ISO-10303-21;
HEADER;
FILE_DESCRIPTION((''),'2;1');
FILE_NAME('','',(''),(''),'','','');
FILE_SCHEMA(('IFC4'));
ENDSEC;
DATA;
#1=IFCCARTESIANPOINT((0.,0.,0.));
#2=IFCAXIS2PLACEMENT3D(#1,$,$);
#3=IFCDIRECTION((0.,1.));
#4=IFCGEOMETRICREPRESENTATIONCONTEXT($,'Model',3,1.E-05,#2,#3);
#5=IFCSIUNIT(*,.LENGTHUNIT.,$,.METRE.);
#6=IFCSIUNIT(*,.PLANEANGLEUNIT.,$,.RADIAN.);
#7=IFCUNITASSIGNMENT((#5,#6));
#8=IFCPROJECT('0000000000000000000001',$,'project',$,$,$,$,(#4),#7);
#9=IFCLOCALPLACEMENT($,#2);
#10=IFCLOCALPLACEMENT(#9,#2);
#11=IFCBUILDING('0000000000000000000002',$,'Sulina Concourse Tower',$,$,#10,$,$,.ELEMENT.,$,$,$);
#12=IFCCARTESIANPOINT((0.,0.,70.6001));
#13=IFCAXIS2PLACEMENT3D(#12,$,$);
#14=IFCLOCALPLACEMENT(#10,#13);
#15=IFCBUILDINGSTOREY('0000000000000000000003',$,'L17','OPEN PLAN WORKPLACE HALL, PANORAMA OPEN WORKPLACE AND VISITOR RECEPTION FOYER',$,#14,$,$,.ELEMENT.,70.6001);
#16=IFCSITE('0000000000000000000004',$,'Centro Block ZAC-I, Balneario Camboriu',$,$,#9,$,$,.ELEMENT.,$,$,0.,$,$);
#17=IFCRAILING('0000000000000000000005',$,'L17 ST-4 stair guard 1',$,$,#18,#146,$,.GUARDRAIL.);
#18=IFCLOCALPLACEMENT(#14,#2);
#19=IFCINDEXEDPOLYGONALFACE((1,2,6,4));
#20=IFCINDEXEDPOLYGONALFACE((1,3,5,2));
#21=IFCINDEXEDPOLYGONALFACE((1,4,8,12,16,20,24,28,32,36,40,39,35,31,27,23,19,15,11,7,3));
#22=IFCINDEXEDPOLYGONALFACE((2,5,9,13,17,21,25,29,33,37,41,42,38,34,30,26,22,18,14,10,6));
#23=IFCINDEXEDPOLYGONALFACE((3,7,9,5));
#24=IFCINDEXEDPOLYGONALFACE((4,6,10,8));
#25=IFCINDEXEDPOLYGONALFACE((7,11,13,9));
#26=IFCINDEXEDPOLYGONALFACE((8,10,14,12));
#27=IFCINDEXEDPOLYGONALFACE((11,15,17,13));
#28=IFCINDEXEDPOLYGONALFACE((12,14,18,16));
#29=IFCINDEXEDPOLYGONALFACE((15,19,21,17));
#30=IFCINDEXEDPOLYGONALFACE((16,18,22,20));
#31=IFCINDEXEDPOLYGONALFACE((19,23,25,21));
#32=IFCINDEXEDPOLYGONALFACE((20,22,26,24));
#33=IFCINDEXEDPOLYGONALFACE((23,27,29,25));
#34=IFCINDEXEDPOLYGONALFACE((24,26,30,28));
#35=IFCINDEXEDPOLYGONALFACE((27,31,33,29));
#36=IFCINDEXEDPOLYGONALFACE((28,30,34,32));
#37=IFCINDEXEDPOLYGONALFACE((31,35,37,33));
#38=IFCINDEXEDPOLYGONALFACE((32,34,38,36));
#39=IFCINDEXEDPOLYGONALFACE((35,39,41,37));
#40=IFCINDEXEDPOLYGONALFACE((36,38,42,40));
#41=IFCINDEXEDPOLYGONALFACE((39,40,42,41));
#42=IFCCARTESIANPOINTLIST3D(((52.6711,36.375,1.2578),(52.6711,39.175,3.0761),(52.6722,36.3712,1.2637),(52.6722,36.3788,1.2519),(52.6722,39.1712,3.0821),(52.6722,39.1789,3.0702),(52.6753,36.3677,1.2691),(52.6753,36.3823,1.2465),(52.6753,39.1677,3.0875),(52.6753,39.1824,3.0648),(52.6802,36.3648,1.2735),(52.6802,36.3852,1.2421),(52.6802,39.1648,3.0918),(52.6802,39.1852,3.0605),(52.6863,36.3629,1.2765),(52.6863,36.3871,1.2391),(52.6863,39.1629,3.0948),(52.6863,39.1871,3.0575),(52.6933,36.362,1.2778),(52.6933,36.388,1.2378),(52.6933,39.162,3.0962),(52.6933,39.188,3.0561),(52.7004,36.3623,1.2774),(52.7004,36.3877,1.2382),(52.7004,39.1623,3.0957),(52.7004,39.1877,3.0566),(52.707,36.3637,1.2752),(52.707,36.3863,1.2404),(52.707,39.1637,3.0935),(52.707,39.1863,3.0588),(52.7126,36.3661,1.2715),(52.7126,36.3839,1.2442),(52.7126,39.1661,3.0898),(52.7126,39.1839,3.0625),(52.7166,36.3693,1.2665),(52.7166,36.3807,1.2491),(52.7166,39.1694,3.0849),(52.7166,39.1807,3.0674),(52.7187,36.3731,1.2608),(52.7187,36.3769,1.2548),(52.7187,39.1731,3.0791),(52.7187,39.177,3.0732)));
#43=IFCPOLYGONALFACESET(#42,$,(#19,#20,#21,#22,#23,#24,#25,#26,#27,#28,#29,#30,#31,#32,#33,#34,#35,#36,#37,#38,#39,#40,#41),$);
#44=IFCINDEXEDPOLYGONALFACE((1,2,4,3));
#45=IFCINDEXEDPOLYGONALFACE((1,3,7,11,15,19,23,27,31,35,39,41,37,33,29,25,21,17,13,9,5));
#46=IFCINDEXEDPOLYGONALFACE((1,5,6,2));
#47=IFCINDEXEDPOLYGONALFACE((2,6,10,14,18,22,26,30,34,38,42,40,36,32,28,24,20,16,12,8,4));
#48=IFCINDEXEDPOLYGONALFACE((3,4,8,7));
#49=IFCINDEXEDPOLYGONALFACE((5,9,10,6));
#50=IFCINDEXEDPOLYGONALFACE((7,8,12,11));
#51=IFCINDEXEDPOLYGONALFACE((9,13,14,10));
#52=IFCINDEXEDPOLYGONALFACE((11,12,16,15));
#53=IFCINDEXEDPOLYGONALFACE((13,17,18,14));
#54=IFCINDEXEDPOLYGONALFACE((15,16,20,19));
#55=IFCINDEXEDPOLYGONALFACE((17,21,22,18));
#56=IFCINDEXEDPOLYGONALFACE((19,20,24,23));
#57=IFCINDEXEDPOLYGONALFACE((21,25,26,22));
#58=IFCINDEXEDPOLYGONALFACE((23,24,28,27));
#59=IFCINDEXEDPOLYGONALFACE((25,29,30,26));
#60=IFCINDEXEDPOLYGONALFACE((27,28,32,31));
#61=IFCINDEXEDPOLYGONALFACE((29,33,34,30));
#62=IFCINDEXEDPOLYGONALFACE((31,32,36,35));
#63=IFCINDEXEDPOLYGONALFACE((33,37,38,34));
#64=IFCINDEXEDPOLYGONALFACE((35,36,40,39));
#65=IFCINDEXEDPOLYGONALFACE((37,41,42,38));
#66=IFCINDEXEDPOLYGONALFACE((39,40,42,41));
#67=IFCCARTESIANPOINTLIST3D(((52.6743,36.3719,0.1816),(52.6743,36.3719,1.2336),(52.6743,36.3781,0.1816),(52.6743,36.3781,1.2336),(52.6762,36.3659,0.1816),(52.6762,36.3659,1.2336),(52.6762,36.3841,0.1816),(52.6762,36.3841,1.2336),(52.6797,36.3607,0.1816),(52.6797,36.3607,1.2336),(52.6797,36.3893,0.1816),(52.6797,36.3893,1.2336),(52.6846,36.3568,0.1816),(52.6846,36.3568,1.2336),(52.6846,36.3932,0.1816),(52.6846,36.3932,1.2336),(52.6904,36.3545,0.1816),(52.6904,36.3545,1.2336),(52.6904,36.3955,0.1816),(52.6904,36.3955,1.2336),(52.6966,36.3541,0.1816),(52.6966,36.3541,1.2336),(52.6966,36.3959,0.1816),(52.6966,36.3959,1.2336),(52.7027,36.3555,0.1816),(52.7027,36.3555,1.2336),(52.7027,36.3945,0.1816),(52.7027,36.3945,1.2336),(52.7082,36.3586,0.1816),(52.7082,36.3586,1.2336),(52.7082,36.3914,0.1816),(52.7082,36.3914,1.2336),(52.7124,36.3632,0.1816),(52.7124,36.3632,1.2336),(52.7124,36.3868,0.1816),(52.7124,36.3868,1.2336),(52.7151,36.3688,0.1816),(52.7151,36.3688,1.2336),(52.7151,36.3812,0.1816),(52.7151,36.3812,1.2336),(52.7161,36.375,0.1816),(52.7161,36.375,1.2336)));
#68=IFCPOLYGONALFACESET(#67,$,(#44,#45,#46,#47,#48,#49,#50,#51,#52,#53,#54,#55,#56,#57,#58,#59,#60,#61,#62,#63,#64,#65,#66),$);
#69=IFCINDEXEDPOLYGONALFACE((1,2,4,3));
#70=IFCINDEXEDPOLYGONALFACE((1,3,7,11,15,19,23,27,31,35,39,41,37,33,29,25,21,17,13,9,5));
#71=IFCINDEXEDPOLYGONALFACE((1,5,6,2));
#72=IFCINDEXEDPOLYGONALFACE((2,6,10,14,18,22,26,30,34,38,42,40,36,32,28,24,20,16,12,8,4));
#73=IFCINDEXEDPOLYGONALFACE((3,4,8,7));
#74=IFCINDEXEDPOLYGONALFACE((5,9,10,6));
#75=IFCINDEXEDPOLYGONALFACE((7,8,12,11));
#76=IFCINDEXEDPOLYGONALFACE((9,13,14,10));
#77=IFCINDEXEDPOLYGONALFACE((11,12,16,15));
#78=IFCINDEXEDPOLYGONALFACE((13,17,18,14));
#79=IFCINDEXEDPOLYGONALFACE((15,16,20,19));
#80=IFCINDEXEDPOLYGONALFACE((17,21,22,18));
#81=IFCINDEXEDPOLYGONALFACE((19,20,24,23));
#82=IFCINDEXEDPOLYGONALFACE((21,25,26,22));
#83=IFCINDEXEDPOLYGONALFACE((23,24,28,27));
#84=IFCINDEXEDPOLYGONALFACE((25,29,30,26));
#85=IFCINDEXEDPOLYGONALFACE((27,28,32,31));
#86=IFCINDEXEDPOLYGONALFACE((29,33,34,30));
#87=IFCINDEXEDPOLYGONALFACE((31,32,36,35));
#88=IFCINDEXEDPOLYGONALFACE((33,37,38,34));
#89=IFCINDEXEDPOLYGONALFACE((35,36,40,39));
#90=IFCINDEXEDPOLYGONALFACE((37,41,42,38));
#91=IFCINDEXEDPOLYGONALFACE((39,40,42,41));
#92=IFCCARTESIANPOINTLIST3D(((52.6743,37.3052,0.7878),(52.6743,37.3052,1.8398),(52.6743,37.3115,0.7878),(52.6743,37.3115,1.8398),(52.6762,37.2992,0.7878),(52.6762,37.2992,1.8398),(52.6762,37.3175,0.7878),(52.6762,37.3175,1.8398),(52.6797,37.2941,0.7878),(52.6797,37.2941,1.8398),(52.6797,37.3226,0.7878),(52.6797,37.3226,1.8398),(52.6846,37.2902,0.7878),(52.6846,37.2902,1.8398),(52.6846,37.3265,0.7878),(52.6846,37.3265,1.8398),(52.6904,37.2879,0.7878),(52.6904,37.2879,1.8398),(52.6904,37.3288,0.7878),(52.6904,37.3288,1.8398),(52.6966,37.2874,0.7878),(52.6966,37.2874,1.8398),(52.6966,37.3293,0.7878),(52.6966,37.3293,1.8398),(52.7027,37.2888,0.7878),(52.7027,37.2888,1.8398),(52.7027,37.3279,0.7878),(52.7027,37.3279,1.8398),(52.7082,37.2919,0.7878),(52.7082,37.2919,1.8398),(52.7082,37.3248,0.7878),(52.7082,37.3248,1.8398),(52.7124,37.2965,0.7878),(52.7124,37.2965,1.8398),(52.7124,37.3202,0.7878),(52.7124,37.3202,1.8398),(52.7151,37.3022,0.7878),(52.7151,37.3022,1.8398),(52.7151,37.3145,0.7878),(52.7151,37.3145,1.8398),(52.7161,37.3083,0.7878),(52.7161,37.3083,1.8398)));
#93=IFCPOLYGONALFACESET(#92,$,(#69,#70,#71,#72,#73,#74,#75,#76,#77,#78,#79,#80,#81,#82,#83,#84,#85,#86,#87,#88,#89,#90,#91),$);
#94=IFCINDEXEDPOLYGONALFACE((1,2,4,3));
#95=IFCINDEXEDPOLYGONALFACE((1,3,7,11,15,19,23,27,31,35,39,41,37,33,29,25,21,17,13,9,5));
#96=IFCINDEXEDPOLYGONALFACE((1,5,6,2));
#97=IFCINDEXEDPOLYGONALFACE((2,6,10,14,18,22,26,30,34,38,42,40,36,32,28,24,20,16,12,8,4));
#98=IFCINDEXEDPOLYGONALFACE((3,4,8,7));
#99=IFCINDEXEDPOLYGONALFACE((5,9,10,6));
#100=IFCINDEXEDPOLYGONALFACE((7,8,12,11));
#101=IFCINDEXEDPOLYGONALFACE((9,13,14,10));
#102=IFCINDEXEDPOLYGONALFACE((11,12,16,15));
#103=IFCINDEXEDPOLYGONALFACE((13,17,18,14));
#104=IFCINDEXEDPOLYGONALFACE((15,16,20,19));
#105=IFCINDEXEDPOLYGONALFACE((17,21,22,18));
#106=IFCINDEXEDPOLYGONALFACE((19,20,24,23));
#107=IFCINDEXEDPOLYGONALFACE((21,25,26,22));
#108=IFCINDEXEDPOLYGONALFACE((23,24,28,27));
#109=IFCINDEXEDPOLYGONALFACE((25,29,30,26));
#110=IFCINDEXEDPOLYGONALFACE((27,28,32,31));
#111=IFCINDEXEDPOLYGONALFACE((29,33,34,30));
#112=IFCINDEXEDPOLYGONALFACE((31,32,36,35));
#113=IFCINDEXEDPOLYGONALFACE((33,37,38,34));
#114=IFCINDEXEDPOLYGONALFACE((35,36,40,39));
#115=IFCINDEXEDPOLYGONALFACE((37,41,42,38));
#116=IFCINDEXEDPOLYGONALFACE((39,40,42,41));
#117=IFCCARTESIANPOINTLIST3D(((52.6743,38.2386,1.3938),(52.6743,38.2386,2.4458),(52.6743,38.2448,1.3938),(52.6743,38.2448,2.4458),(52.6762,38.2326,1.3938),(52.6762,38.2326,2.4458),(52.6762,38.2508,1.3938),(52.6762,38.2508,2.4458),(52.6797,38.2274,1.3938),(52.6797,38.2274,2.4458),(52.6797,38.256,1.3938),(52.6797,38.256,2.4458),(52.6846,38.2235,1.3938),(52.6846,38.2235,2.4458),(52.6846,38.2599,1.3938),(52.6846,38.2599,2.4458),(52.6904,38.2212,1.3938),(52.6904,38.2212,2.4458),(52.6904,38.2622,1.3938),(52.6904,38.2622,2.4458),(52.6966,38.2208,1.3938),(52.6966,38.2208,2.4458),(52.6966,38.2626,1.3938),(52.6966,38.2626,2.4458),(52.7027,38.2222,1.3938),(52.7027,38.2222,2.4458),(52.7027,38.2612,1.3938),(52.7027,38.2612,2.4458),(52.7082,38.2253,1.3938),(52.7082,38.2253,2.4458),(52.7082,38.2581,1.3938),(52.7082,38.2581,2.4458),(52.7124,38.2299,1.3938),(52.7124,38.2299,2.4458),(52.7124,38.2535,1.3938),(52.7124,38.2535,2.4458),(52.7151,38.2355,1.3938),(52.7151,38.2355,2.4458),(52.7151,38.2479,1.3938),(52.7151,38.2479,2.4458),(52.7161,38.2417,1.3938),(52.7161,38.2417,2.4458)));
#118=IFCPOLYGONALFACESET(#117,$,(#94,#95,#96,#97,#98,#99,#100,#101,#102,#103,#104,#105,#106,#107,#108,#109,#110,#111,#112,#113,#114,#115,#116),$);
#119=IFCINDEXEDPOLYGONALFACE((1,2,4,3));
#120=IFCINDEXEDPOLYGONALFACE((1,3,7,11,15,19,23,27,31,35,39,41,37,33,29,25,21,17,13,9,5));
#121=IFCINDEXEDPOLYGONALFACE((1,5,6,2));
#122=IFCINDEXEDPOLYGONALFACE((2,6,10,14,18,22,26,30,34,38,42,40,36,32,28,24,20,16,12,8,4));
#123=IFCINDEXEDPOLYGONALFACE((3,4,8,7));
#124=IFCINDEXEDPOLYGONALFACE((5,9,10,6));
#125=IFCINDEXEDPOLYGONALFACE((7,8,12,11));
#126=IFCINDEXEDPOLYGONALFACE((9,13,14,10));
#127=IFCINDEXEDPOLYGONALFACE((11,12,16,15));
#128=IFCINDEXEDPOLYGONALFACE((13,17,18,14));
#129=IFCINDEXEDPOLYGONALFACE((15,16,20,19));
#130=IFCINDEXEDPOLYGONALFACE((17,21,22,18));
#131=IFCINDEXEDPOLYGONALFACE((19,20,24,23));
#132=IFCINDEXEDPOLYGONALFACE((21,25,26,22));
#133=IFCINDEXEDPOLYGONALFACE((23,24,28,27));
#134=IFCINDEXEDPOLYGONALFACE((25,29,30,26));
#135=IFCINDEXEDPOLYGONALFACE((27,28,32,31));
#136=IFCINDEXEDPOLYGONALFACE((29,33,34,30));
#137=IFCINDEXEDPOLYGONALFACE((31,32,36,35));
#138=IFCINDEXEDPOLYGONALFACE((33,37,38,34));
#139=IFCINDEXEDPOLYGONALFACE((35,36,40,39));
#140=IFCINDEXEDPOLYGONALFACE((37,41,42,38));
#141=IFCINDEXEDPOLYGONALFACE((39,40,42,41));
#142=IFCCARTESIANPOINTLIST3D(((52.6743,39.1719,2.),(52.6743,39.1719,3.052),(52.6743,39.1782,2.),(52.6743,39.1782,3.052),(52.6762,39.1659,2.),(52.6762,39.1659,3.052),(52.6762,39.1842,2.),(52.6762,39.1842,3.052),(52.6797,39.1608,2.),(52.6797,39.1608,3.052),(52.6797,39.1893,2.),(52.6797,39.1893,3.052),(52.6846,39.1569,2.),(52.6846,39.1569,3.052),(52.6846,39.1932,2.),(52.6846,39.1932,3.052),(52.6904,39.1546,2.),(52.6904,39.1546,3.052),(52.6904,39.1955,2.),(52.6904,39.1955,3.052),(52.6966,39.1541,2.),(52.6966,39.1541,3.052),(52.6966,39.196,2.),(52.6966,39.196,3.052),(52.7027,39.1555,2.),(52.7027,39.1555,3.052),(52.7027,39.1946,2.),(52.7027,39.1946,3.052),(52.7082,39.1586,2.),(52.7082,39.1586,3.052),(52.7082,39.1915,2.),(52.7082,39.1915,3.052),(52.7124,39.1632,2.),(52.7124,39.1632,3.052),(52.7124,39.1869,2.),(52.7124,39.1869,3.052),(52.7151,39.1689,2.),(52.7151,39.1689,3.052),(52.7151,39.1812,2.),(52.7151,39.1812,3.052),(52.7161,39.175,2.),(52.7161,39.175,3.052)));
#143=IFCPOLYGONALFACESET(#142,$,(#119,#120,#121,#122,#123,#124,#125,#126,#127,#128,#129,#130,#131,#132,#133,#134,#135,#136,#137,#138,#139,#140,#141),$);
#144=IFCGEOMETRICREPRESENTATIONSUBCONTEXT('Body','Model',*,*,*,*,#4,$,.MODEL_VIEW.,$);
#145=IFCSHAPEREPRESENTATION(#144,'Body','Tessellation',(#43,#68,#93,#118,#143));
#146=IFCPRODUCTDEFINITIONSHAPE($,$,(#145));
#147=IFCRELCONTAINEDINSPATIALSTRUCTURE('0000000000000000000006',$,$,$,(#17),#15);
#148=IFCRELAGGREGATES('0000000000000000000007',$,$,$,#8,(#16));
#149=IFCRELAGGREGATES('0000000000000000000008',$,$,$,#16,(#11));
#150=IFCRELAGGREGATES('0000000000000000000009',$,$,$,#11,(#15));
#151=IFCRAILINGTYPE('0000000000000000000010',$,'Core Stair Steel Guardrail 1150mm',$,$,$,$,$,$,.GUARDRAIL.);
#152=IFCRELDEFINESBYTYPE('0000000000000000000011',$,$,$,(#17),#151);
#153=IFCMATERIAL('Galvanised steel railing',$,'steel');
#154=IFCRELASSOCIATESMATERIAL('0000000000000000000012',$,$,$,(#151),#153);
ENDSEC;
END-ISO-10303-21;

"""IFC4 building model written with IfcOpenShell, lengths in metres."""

from ifc_helpers import new_model, si_unit, direction, frame, origin, origin_2d, place, context, subcontext, project, spatial, circle, extrude, material, type_object, element, save


model = new_model("IFC4")

# Units and contexts
model_context = context("Model", 3, precision=1e-05, world=origin(), true_north=direction((0.0, 1.0)))
body_context = subcontext(model_context, "Body", "Model", "MODEL_VIEW")
ifc_project = project(units=[si_unit("LENGTHUNIT", "METRE"), si_unit("PLANEANGLEUNIT", "RADIAN")], contexts=[model_context])

# Site, building, storey
site_placement = place(None, origin())
site = spatial("IfcSite", under=ifc_project, at=site_placement, Name="Centro Block ZAC-I, Balneario Camboriu", CompositionType="ELEMENT", RefElevation=0.0)
building_placement = place(site_placement, origin())
building = spatial("IfcBuilding", under=site, at=building_placement, Name="Sulina Concourse Tower", CompositionType="ELEMENT")
storey_placement = place(building_placement, frame((0.0, 0.0, 70.6001)))
storey = spatial("IfcBuildingStorey", under=building, at=storey_placement, Name="L17", Description="OPEN PLAN WORKPLACE HALL, PANORAMA OPEN WORKPLACE AND VISITOR RECEPTION FOYER", CompositionType="ELEMENT", Elevation=70.6001)

# Railing
ifc_material_1 = material(Name="Galvanised steel railing", Category="steel")
railing_type_1 = type_object("IfcRailingType", Name="Core Stair Steel Guardrail 1150mm", PredefinedType="GUARDRAIL", material=ifc_material_1)
railing_1_placement = place(storey_placement, frame((52.6951, 36.375, 0.1816)))
element("IfcRailing", 1, at=railing_1_placement, inside=storey, type_object=railing_type_1, Name="L17 ST-4 stair guard 1", PredefinedType="GUARDRAIL", context=body_context, shape_type="SweptSolid", body=[
    extrude(circle(Radius=0.0239, at=origin_2d()), frame((0.0, 0.0, 1.0762), z_axis=(0.0, 0.838672, 0.544636), x_axis=(-1.0, 0.0, 0.0)), (0.0, 0.0, 1.0), 3.3386),
    extrude(circle(Radius=0.021, at=origin_2d()), origin(), (0.0, 0.0, 1.0), 1.052),
    extrude(circle(Radius=0.021, at=origin_2d()), frame((0.0, 0.9333, 0.6062)), (0.0, 0.0, 1.0), 1.052),
    extrude(circle(Radius=0.021, at=origin_2d()), frame((0.0, 1.8667, 1.2122)), (0.0, 0.0, 1.0), 1.052),
    extrude(circle(Radius=0.021, at=origin_2d()), frame((0.0, 2.8, 1.8184)), (0.0, 0.0, 1.0), 1.052),
])

save(model, "model.ifc")
